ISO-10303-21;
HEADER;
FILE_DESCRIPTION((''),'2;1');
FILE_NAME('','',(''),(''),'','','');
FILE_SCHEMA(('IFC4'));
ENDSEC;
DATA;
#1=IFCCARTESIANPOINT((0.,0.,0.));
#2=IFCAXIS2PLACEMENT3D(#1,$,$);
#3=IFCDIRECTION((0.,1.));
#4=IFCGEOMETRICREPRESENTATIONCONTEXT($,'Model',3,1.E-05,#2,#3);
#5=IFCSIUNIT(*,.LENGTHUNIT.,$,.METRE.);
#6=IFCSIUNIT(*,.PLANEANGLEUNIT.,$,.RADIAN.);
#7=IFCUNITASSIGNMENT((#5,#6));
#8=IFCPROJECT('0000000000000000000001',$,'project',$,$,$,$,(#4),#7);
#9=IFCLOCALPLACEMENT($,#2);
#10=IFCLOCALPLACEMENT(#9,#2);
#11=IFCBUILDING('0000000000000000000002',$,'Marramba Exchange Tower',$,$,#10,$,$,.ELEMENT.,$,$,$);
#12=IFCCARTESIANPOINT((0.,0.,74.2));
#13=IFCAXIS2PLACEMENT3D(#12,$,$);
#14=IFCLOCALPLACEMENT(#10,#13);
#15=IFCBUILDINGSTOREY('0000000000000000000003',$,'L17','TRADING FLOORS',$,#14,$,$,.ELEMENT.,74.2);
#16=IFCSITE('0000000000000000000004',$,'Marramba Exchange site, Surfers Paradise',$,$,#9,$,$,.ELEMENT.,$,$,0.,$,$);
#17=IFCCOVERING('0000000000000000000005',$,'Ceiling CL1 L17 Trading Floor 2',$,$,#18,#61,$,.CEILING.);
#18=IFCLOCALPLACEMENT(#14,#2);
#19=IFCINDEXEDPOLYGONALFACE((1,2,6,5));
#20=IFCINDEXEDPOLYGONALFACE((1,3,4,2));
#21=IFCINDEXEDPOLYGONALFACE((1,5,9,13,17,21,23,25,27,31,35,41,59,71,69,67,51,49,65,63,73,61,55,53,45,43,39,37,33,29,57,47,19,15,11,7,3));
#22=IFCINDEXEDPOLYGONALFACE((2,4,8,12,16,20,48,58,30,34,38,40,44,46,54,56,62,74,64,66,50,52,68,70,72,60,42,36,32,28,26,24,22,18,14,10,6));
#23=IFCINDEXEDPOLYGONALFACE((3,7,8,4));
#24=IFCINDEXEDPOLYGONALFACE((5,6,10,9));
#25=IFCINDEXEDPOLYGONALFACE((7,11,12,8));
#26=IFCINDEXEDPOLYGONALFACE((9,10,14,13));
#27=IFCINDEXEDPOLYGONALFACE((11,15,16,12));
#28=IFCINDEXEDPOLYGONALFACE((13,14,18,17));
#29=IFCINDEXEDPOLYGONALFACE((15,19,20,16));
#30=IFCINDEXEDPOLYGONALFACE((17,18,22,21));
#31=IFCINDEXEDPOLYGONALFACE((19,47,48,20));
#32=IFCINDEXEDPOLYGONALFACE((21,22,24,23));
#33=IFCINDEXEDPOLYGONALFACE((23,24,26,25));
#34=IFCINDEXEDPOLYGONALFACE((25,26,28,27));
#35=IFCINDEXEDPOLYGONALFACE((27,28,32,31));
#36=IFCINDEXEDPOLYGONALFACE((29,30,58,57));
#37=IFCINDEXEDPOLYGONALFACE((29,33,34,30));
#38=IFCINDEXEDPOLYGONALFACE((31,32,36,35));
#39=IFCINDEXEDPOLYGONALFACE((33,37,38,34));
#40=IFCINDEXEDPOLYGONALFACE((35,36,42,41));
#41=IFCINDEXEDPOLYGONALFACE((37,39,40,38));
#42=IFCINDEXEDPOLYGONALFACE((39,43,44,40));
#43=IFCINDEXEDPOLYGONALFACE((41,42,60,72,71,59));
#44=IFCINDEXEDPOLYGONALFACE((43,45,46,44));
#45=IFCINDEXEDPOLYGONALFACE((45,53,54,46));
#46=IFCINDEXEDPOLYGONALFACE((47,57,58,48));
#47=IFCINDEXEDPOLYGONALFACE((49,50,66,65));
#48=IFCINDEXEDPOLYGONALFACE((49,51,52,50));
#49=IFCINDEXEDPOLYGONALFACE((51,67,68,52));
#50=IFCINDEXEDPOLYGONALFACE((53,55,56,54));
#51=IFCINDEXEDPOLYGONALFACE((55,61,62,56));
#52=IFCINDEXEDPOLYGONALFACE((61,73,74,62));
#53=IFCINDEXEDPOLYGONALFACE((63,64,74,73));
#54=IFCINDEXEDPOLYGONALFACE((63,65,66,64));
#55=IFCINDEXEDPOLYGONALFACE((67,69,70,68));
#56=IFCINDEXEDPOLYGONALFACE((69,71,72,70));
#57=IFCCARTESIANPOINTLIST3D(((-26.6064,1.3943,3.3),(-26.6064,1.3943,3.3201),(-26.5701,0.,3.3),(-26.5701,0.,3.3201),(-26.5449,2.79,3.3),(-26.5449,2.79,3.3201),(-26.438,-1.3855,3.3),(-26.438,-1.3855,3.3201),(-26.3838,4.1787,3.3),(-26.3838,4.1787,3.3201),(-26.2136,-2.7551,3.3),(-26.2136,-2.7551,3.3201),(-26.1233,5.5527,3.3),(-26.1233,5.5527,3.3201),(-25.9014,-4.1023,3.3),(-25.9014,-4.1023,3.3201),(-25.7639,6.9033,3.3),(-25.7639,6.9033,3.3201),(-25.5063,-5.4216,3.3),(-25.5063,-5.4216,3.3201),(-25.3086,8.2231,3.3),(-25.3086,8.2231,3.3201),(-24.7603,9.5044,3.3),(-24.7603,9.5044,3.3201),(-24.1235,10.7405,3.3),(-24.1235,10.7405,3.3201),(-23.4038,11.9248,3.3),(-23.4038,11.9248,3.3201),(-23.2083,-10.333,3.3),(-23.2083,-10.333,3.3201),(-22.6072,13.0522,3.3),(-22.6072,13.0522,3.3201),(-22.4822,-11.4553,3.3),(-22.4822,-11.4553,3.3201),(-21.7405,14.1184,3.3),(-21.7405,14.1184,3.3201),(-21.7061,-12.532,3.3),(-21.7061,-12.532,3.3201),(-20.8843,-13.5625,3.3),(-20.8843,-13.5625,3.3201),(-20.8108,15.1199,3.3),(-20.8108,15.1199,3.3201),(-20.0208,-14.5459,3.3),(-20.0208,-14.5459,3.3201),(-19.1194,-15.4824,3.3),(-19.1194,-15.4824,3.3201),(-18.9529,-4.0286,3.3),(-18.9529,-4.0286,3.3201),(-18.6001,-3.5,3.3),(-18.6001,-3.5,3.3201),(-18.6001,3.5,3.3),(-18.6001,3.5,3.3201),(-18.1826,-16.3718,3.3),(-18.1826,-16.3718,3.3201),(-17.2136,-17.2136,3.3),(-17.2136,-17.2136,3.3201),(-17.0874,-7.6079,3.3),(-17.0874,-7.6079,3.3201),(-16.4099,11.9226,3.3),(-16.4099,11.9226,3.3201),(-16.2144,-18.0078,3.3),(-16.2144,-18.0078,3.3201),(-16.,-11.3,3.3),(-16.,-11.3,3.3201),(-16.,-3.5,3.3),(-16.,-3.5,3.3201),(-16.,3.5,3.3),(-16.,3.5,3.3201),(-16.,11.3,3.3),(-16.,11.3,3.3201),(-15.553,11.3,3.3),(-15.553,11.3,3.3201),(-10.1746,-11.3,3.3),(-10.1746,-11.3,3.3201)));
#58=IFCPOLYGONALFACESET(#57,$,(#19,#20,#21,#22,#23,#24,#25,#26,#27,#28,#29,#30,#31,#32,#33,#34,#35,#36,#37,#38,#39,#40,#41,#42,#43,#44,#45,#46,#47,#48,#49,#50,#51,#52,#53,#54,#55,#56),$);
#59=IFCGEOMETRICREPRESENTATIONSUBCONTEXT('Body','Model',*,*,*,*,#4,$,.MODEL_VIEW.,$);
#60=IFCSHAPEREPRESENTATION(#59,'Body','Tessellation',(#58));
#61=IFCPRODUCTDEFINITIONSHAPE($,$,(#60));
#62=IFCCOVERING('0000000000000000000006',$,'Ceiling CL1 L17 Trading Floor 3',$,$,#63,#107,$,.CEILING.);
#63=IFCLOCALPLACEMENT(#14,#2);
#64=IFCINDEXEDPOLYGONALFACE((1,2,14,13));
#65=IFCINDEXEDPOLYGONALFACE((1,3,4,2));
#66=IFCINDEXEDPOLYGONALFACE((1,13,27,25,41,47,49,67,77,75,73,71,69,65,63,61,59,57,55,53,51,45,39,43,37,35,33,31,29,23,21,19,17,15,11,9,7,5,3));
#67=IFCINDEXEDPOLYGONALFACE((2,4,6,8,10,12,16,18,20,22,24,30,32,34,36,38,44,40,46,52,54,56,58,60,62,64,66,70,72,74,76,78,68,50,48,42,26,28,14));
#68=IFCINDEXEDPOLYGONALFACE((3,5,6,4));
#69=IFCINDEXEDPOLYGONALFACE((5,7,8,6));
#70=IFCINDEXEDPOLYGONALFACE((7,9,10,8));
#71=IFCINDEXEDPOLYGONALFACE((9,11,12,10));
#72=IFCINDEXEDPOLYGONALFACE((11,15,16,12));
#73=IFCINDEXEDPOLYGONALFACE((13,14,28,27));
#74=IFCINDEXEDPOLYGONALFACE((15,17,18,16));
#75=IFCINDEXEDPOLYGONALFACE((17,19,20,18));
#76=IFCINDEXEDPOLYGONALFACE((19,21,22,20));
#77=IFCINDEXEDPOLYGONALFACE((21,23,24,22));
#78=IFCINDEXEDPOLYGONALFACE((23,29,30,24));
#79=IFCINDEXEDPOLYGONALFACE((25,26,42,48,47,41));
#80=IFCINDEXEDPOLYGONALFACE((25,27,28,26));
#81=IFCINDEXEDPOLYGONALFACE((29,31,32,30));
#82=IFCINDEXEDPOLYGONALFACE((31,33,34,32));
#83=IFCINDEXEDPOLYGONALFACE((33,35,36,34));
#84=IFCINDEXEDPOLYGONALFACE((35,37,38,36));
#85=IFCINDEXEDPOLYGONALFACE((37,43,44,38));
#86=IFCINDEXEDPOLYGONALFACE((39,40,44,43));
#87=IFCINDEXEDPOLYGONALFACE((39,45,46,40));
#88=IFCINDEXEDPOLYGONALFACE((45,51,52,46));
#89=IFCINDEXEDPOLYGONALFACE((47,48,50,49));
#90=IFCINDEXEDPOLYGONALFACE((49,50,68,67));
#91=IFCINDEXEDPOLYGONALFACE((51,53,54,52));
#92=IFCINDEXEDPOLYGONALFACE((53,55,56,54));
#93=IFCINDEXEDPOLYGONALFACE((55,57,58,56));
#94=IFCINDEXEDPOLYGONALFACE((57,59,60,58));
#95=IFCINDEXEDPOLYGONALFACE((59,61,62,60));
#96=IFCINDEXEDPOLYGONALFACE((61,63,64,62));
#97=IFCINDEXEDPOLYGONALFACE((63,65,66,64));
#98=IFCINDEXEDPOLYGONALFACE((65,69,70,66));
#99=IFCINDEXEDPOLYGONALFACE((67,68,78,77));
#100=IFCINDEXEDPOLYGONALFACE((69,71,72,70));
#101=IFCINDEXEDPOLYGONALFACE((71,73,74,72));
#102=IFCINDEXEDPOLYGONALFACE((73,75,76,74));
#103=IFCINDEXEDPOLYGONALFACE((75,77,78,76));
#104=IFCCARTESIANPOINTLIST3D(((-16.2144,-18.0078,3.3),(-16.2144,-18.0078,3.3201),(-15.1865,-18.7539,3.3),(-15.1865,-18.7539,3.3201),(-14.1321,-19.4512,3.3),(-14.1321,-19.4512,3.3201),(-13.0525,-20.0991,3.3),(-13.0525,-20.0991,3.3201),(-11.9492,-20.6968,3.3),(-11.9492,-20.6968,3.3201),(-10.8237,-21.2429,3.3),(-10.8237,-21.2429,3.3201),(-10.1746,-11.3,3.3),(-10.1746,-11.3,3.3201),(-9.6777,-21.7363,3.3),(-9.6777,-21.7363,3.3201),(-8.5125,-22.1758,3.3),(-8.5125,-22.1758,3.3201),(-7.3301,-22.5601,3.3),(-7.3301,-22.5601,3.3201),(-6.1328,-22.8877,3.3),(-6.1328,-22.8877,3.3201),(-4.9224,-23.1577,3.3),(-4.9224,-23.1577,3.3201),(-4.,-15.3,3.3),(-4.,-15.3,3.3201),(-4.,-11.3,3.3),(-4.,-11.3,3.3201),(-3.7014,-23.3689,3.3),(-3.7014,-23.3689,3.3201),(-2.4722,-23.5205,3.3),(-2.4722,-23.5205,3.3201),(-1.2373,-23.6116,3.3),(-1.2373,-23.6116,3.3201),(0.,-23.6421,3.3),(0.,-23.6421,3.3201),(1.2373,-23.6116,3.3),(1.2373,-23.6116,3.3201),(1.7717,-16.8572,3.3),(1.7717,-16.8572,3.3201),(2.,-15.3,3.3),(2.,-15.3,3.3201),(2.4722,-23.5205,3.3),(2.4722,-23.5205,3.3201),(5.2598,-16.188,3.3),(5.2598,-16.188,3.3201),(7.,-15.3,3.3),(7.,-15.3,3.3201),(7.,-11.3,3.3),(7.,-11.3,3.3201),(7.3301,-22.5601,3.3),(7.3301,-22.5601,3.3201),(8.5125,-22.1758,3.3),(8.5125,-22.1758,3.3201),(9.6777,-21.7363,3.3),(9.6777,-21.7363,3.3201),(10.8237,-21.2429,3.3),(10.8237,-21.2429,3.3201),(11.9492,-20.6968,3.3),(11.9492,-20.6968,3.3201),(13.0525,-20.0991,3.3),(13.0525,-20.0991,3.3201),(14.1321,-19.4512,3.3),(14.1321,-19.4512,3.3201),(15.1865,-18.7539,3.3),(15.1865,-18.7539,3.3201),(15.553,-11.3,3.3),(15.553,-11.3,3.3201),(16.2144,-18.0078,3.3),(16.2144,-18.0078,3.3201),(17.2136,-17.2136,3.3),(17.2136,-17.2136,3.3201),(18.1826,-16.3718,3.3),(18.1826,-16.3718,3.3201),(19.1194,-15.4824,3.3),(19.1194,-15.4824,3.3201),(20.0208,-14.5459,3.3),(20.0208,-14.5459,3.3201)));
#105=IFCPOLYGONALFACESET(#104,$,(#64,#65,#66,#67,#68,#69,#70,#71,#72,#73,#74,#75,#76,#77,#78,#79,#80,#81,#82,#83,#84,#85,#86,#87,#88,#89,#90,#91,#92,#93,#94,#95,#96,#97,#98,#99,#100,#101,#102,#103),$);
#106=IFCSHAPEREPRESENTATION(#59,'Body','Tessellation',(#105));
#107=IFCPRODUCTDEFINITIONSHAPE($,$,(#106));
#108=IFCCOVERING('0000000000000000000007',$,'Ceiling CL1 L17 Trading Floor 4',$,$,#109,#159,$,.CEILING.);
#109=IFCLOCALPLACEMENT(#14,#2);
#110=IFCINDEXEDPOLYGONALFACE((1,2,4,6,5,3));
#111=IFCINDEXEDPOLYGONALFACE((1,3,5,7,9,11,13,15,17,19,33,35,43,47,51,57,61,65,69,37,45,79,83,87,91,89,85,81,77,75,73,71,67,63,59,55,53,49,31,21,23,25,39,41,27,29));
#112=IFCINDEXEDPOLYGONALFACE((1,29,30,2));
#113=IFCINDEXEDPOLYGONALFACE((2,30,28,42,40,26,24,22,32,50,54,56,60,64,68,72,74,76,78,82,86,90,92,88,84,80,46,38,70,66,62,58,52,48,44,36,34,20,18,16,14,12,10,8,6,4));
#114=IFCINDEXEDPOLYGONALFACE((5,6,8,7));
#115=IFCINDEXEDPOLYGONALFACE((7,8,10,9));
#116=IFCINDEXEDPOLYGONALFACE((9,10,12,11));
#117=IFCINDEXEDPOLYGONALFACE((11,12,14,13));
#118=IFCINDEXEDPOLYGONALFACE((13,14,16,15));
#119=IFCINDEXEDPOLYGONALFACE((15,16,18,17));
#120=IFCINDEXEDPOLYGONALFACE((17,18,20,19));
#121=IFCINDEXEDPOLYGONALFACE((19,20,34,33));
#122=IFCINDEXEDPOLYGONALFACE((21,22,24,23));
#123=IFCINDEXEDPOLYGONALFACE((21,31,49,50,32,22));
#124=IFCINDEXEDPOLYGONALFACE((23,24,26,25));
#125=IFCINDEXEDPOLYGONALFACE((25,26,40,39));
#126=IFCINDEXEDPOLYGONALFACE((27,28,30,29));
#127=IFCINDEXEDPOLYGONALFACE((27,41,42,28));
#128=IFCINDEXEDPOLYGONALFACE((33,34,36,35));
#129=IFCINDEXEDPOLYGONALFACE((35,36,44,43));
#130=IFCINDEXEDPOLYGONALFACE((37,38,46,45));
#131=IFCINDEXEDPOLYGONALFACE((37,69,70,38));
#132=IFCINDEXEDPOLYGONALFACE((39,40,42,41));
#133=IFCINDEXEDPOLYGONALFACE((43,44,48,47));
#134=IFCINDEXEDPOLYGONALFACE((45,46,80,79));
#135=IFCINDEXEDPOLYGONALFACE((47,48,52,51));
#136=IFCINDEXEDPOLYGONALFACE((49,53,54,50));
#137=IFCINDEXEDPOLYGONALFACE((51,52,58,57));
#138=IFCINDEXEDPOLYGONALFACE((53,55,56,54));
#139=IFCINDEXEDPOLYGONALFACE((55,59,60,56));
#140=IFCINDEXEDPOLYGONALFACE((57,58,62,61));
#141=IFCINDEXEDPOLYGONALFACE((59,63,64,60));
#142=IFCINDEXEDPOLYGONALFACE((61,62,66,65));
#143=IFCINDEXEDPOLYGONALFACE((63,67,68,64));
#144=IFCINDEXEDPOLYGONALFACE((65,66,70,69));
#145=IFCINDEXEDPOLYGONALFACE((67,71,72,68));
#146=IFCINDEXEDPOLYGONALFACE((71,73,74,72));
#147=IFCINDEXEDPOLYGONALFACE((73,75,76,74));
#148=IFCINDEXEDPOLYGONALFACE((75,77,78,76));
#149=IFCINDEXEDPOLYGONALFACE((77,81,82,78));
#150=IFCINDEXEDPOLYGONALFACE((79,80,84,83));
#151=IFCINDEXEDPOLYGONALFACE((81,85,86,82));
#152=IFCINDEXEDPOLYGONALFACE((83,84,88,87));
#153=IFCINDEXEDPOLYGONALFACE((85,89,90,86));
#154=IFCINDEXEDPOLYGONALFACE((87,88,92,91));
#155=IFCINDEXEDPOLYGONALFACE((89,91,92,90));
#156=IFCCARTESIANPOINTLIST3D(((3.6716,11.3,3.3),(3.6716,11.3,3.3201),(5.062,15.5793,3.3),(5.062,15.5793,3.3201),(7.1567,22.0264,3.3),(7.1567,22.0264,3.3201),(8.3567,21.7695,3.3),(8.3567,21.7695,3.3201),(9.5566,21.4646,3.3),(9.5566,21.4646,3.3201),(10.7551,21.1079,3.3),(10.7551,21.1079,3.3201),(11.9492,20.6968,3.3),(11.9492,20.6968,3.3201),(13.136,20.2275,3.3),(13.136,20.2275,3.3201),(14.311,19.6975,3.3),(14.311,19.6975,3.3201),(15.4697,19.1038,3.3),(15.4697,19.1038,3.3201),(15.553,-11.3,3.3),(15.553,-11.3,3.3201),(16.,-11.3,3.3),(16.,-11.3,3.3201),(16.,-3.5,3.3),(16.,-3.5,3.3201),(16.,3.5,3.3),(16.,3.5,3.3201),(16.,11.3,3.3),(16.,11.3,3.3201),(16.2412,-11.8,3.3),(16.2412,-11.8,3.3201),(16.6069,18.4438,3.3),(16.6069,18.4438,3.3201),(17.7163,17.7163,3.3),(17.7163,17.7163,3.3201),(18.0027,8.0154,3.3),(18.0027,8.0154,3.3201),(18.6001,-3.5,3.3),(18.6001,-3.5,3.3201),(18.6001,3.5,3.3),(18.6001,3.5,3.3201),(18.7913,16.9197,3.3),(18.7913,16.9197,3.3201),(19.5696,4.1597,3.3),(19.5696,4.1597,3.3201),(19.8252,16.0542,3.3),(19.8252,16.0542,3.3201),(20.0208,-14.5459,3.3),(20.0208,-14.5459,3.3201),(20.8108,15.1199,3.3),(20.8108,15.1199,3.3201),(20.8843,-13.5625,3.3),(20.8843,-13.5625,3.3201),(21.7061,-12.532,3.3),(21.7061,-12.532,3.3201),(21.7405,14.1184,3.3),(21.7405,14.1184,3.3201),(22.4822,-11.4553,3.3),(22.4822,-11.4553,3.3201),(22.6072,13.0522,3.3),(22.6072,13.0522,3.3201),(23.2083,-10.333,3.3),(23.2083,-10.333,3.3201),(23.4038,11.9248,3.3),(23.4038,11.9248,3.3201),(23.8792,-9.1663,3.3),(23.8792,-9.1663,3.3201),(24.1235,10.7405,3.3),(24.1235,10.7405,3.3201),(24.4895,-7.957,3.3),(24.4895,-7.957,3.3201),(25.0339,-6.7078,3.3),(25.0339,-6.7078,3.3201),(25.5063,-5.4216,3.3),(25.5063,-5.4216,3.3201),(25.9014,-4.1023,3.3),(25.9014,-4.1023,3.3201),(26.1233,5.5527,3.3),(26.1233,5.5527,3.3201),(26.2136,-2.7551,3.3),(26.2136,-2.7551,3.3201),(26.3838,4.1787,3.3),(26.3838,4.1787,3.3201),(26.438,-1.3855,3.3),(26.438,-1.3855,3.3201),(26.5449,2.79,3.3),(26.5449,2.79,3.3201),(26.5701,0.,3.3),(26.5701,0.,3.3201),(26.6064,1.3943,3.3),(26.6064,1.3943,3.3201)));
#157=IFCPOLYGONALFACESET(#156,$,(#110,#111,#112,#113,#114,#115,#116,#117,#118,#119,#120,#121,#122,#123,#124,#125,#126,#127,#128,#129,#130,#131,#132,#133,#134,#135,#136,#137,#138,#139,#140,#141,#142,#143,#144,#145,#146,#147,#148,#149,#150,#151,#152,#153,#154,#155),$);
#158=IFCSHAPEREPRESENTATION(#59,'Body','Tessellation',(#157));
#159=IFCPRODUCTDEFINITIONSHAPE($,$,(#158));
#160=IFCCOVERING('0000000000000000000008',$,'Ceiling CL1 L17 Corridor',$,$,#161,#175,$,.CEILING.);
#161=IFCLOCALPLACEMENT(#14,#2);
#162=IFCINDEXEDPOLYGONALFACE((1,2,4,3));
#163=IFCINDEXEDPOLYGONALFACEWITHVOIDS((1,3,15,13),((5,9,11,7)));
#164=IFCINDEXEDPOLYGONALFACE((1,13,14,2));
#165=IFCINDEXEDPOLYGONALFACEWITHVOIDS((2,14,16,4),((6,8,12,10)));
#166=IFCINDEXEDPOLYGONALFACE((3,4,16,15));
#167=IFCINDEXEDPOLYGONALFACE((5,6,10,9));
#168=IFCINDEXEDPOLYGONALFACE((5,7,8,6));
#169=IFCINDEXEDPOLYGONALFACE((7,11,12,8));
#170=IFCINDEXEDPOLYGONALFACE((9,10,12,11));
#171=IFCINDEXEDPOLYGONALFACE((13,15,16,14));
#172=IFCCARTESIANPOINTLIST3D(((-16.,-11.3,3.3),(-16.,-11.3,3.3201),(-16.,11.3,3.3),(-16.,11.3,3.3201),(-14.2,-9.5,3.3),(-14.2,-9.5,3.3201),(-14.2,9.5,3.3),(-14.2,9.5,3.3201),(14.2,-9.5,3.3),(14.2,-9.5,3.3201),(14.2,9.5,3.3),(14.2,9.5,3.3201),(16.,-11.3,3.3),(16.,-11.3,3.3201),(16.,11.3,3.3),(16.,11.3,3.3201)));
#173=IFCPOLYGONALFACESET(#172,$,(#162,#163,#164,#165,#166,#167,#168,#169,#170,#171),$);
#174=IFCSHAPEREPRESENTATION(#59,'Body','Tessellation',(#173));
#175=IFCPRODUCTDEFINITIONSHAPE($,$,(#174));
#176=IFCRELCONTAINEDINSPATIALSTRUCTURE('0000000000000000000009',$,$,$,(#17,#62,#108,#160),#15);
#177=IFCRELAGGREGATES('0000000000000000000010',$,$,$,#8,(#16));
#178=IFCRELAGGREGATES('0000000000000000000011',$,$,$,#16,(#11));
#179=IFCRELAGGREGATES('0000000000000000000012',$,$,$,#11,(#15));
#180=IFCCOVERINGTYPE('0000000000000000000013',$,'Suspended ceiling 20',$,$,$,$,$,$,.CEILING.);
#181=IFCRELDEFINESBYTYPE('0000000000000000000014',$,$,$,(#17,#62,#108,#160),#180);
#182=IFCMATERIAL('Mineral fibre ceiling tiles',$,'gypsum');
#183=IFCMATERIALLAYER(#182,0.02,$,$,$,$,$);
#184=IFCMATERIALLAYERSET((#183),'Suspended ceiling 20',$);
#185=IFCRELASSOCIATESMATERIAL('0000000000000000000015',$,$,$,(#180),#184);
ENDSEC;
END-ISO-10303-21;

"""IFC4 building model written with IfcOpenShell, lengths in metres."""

from ifc_helpers import new_model, si_unit, direction, frame, origin, place, context, subcontext, project, spatial, polyline, outline, extrude, material, layer, layer_set, type_object, element, save


model = new_model("IFC4")

# Units and contexts
model_context = context("Model", 3, precision=1e-05, world=origin(), true_north=direction((0.0, 1.0)))
body_context = subcontext(model_context, "Body", "Model", "MODEL_VIEW")
ifc_project = project(units=[si_unit("LENGTHUNIT", "METRE"), si_unit("PLANEANGLEUNIT", "RADIAN")], contexts=[model_context])

# Site, building, storey
site_placement = place(None, origin())
site = spatial("IfcSite", under=ifc_project, at=site_placement, Name="Marramba Exchange site, Surfers Paradise", CompositionType="ELEMENT", RefElevation=0.0)
building_placement = place(site_placement, origin())
building = spatial("IfcBuilding", under=site, at=building_placement, Name="Marramba Exchange Tower", CompositionType="ELEMENT")
storey_placement = place(building_placement, frame((0.0, 0.0, 74.2)))
storey = spatial("IfcBuildingStorey", under=building, at=storey_placement, Name="L17", Description="TRADING FLOORS", CompositionType="ELEMENT", Elevation=74.2)

# Coverings
ifc_material_1 = material(Name="Mineral fibre ceiling tiles", Category="gypsum")
ifc_layer_1 = layer(ifc_material_1, 0.02)
ifc_layer_set_1 = layer_set([ifc_layer_1], Name="Suspended ceiling 20")
covering_type_1 = type_object("IfcCoveringType", Name="Suspended ceiling 20", PredefinedType="CEILING", material=ifc_layer_set_1)
covering_1_placement = place(storey_placement, frame((0.0, 0.0, 3.3)))
element("IfcCovering", 1, at=covering_1_placement, inside=storey, type_object=covering_type_1, Name="Ceiling CL1 L17 Trading Floor 2", PredefinedType="CEILING", context=body_context, shape_type="SweptSolid", body=[
    extrude(outline(polyline([(-16.0, 3.5), (-18.6001, 3.5), (-18.6001, -3.5), (-16.0, -3.5), (-16.0, -11.3), (-10.1746, -11.3), (-16.2144, -18.0078), (-17.2136, -17.2136), (-18.1826, -16.3718), (-19.1194, -15.4824), (-20.0208, -14.5459), (-20.8843, -13.5625), (-21.7061, -12.532), (-22.4822, -11.4553), (-23.2083, -10.333), (-17.0874, -7.6079), (-18.9529, -4.0286), (-25.5063, -5.4216), (-25.9014, -4.1023), (-26.2136, -2.7551), (-26.438, -1.3855), (-26.5701, 0.0), (-26.6064, 1.3943), (-26.5449, 2.79), (-26.3838, 4.1787), (-26.1233, 5.5527), (-25.7639, 6.9033), (-25.3086, 8.2231), (-24.7603, 9.5044), (-24.1235, 10.7405), (-23.4038, 11.9248), (-22.6072, 13.0522), (-21.7405, 14.1184), (-20.8108, 15.1199), (-16.4099, 11.9226), (-15.553, 11.3), (-16.0, 11.3), (-16.0, 3.5)])), origin(), (0.0, 0.0, 1.0), 0.02),
])
covering_2_placement = place(storey_placement, frame((0.0, 0.0, 3.3)))
element("IfcCovering", 2, at=covering_2_placement, inside=storey, type_object=covering_type_1, Name="Ceiling CL1 L17 Trading Floor 3", PredefinedType="CEILING", context=body_context, shape_type="SweptSolid", body=[
    extrude(outline(polyline([(20.0208, -14.5459), (19.1194, -15.4824), (18.1826, -16.3718), (17.2136, -17.2136), (16.2144, -18.0078), (15.1865, -18.7539), (14.1321, -19.4512), (13.0525, -20.0991), (11.9492, -20.6968), (10.8237, -21.2429), (9.6777, -21.7363), (8.5125, -22.1758), (7.3301, -22.5601), (5.2598, -16.188), (1.7717, -16.8572), (2.4722, -23.5205), (1.2373, -23.6116), (0.0, -23.6421), (-1.2373, -23.6116), (-2.4722, -23.5205), (-3.7014, -23.3689), (-4.9224, -23.1577), (-6.1328, -22.8877), (-7.3301, -22.5601), (-8.5125, -22.1758), (-9.6777, -21.7363), (-10.8237, -21.2429), (-11.9492, -20.6968), (-13.0525, -20.0991), (-14.1321, -19.4512), (-15.1865, -18.7539), (-16.2144, -18.0078), (-10.1746, -11.3), (-4.0, -11.3), (-4.0, -15.3), (2.0, -15.3), (7.0, -15.3), (7.0, -11.3), (15.553, -11.3), (20.0208, -14.5459)])), origin(), (0.0, 0.0, 1.0), 0.02),
])
covering_3_placement = place(storey_placement, frame((0.0, 0.0, 3.3)))
element("IfcCovering", 3, at=covering_3_placement, inside=storey, type_object=covering_type_1, Name="Ceiling CL1 L17 Trading Floor 4", PredefinedType="CEILING", context=body_context, shape_type="SweptSolid", body=[
    extrude(outline(polyline([(16.0, -3.5), (18.6001, -3.5), (18.6001, 3.5), (16.0, 3.5), (16.0, 11.3), (3.6716, 11.3), (5.062, 15.5793), (7.1567, 22.0264), (8.3567, 21.7695), (9.5566, 21.4646), (10.7551, 21.1079), (11.9492, 20.6968), (13.136, 20.2275), (14.311, 19.6975), (15.4697, 19.1038), (16.6069, 18.4438), (17.7163, 17.7163), (18.7913, 16.9197), (19.8252, 16.0542), (20.8108, 15.1199), (21.7405, 14.1184), (22.6072, 13.0522), (23.4038, 11.9248), (24.1235, 10.7405), (18.0027, 8.0154), (19.5696, 4.1597), (26.1233, 5.5527), (26.3838, 4.1787), (26.5449, 2.79), (26.6064, 1.3943), (26.5701, 0.0), (26.438, -1.3855), (26.2136, -2.7551), (25.9014, -4.1023), (25.5063, -5.4216), (25.0339, -6.7078), (24.4895, -7.957), (23.8792, -9.1663), (23.2083, -10.333), (22.4822, -11.4553), (21.7061, -12.532), (20.8843, -13.5625), (20.0208, -14.5459), (16.2412, -11.8), (15.553, -11.3), (16.0, -11.3), (16.0, -3.5)])), origin(), (0.0, 0.0, 1.0), 0.02),
])
covering_4_placement = place(storey_placement, frame((0.0, 0.0, 3.3)))
element("IfcCovering", 4, at=covering_4_placement, inside=storey, type_object=covering_type_1, Name="Ceiling CL1 L17 Corridor", PredefinedType="CEILING", context=body_context, shape_type="SweptSolid", body=[
    extrude(outline(polyline([(-16.0, 11.3), (16.0, 11.3), (16.0, -11.3), (-16.0, -11.3), (-16.0, 11.3)]), holes=[polyline([(-14.2, 9.5), (-14.2, -9.5), (14.2, -9.5), (14.2, 9.5), (-14.2, 9.5)])]), origin(), (0.0, 0.0, 1.0), 0.02),
])

save(model, "model.ifc")
